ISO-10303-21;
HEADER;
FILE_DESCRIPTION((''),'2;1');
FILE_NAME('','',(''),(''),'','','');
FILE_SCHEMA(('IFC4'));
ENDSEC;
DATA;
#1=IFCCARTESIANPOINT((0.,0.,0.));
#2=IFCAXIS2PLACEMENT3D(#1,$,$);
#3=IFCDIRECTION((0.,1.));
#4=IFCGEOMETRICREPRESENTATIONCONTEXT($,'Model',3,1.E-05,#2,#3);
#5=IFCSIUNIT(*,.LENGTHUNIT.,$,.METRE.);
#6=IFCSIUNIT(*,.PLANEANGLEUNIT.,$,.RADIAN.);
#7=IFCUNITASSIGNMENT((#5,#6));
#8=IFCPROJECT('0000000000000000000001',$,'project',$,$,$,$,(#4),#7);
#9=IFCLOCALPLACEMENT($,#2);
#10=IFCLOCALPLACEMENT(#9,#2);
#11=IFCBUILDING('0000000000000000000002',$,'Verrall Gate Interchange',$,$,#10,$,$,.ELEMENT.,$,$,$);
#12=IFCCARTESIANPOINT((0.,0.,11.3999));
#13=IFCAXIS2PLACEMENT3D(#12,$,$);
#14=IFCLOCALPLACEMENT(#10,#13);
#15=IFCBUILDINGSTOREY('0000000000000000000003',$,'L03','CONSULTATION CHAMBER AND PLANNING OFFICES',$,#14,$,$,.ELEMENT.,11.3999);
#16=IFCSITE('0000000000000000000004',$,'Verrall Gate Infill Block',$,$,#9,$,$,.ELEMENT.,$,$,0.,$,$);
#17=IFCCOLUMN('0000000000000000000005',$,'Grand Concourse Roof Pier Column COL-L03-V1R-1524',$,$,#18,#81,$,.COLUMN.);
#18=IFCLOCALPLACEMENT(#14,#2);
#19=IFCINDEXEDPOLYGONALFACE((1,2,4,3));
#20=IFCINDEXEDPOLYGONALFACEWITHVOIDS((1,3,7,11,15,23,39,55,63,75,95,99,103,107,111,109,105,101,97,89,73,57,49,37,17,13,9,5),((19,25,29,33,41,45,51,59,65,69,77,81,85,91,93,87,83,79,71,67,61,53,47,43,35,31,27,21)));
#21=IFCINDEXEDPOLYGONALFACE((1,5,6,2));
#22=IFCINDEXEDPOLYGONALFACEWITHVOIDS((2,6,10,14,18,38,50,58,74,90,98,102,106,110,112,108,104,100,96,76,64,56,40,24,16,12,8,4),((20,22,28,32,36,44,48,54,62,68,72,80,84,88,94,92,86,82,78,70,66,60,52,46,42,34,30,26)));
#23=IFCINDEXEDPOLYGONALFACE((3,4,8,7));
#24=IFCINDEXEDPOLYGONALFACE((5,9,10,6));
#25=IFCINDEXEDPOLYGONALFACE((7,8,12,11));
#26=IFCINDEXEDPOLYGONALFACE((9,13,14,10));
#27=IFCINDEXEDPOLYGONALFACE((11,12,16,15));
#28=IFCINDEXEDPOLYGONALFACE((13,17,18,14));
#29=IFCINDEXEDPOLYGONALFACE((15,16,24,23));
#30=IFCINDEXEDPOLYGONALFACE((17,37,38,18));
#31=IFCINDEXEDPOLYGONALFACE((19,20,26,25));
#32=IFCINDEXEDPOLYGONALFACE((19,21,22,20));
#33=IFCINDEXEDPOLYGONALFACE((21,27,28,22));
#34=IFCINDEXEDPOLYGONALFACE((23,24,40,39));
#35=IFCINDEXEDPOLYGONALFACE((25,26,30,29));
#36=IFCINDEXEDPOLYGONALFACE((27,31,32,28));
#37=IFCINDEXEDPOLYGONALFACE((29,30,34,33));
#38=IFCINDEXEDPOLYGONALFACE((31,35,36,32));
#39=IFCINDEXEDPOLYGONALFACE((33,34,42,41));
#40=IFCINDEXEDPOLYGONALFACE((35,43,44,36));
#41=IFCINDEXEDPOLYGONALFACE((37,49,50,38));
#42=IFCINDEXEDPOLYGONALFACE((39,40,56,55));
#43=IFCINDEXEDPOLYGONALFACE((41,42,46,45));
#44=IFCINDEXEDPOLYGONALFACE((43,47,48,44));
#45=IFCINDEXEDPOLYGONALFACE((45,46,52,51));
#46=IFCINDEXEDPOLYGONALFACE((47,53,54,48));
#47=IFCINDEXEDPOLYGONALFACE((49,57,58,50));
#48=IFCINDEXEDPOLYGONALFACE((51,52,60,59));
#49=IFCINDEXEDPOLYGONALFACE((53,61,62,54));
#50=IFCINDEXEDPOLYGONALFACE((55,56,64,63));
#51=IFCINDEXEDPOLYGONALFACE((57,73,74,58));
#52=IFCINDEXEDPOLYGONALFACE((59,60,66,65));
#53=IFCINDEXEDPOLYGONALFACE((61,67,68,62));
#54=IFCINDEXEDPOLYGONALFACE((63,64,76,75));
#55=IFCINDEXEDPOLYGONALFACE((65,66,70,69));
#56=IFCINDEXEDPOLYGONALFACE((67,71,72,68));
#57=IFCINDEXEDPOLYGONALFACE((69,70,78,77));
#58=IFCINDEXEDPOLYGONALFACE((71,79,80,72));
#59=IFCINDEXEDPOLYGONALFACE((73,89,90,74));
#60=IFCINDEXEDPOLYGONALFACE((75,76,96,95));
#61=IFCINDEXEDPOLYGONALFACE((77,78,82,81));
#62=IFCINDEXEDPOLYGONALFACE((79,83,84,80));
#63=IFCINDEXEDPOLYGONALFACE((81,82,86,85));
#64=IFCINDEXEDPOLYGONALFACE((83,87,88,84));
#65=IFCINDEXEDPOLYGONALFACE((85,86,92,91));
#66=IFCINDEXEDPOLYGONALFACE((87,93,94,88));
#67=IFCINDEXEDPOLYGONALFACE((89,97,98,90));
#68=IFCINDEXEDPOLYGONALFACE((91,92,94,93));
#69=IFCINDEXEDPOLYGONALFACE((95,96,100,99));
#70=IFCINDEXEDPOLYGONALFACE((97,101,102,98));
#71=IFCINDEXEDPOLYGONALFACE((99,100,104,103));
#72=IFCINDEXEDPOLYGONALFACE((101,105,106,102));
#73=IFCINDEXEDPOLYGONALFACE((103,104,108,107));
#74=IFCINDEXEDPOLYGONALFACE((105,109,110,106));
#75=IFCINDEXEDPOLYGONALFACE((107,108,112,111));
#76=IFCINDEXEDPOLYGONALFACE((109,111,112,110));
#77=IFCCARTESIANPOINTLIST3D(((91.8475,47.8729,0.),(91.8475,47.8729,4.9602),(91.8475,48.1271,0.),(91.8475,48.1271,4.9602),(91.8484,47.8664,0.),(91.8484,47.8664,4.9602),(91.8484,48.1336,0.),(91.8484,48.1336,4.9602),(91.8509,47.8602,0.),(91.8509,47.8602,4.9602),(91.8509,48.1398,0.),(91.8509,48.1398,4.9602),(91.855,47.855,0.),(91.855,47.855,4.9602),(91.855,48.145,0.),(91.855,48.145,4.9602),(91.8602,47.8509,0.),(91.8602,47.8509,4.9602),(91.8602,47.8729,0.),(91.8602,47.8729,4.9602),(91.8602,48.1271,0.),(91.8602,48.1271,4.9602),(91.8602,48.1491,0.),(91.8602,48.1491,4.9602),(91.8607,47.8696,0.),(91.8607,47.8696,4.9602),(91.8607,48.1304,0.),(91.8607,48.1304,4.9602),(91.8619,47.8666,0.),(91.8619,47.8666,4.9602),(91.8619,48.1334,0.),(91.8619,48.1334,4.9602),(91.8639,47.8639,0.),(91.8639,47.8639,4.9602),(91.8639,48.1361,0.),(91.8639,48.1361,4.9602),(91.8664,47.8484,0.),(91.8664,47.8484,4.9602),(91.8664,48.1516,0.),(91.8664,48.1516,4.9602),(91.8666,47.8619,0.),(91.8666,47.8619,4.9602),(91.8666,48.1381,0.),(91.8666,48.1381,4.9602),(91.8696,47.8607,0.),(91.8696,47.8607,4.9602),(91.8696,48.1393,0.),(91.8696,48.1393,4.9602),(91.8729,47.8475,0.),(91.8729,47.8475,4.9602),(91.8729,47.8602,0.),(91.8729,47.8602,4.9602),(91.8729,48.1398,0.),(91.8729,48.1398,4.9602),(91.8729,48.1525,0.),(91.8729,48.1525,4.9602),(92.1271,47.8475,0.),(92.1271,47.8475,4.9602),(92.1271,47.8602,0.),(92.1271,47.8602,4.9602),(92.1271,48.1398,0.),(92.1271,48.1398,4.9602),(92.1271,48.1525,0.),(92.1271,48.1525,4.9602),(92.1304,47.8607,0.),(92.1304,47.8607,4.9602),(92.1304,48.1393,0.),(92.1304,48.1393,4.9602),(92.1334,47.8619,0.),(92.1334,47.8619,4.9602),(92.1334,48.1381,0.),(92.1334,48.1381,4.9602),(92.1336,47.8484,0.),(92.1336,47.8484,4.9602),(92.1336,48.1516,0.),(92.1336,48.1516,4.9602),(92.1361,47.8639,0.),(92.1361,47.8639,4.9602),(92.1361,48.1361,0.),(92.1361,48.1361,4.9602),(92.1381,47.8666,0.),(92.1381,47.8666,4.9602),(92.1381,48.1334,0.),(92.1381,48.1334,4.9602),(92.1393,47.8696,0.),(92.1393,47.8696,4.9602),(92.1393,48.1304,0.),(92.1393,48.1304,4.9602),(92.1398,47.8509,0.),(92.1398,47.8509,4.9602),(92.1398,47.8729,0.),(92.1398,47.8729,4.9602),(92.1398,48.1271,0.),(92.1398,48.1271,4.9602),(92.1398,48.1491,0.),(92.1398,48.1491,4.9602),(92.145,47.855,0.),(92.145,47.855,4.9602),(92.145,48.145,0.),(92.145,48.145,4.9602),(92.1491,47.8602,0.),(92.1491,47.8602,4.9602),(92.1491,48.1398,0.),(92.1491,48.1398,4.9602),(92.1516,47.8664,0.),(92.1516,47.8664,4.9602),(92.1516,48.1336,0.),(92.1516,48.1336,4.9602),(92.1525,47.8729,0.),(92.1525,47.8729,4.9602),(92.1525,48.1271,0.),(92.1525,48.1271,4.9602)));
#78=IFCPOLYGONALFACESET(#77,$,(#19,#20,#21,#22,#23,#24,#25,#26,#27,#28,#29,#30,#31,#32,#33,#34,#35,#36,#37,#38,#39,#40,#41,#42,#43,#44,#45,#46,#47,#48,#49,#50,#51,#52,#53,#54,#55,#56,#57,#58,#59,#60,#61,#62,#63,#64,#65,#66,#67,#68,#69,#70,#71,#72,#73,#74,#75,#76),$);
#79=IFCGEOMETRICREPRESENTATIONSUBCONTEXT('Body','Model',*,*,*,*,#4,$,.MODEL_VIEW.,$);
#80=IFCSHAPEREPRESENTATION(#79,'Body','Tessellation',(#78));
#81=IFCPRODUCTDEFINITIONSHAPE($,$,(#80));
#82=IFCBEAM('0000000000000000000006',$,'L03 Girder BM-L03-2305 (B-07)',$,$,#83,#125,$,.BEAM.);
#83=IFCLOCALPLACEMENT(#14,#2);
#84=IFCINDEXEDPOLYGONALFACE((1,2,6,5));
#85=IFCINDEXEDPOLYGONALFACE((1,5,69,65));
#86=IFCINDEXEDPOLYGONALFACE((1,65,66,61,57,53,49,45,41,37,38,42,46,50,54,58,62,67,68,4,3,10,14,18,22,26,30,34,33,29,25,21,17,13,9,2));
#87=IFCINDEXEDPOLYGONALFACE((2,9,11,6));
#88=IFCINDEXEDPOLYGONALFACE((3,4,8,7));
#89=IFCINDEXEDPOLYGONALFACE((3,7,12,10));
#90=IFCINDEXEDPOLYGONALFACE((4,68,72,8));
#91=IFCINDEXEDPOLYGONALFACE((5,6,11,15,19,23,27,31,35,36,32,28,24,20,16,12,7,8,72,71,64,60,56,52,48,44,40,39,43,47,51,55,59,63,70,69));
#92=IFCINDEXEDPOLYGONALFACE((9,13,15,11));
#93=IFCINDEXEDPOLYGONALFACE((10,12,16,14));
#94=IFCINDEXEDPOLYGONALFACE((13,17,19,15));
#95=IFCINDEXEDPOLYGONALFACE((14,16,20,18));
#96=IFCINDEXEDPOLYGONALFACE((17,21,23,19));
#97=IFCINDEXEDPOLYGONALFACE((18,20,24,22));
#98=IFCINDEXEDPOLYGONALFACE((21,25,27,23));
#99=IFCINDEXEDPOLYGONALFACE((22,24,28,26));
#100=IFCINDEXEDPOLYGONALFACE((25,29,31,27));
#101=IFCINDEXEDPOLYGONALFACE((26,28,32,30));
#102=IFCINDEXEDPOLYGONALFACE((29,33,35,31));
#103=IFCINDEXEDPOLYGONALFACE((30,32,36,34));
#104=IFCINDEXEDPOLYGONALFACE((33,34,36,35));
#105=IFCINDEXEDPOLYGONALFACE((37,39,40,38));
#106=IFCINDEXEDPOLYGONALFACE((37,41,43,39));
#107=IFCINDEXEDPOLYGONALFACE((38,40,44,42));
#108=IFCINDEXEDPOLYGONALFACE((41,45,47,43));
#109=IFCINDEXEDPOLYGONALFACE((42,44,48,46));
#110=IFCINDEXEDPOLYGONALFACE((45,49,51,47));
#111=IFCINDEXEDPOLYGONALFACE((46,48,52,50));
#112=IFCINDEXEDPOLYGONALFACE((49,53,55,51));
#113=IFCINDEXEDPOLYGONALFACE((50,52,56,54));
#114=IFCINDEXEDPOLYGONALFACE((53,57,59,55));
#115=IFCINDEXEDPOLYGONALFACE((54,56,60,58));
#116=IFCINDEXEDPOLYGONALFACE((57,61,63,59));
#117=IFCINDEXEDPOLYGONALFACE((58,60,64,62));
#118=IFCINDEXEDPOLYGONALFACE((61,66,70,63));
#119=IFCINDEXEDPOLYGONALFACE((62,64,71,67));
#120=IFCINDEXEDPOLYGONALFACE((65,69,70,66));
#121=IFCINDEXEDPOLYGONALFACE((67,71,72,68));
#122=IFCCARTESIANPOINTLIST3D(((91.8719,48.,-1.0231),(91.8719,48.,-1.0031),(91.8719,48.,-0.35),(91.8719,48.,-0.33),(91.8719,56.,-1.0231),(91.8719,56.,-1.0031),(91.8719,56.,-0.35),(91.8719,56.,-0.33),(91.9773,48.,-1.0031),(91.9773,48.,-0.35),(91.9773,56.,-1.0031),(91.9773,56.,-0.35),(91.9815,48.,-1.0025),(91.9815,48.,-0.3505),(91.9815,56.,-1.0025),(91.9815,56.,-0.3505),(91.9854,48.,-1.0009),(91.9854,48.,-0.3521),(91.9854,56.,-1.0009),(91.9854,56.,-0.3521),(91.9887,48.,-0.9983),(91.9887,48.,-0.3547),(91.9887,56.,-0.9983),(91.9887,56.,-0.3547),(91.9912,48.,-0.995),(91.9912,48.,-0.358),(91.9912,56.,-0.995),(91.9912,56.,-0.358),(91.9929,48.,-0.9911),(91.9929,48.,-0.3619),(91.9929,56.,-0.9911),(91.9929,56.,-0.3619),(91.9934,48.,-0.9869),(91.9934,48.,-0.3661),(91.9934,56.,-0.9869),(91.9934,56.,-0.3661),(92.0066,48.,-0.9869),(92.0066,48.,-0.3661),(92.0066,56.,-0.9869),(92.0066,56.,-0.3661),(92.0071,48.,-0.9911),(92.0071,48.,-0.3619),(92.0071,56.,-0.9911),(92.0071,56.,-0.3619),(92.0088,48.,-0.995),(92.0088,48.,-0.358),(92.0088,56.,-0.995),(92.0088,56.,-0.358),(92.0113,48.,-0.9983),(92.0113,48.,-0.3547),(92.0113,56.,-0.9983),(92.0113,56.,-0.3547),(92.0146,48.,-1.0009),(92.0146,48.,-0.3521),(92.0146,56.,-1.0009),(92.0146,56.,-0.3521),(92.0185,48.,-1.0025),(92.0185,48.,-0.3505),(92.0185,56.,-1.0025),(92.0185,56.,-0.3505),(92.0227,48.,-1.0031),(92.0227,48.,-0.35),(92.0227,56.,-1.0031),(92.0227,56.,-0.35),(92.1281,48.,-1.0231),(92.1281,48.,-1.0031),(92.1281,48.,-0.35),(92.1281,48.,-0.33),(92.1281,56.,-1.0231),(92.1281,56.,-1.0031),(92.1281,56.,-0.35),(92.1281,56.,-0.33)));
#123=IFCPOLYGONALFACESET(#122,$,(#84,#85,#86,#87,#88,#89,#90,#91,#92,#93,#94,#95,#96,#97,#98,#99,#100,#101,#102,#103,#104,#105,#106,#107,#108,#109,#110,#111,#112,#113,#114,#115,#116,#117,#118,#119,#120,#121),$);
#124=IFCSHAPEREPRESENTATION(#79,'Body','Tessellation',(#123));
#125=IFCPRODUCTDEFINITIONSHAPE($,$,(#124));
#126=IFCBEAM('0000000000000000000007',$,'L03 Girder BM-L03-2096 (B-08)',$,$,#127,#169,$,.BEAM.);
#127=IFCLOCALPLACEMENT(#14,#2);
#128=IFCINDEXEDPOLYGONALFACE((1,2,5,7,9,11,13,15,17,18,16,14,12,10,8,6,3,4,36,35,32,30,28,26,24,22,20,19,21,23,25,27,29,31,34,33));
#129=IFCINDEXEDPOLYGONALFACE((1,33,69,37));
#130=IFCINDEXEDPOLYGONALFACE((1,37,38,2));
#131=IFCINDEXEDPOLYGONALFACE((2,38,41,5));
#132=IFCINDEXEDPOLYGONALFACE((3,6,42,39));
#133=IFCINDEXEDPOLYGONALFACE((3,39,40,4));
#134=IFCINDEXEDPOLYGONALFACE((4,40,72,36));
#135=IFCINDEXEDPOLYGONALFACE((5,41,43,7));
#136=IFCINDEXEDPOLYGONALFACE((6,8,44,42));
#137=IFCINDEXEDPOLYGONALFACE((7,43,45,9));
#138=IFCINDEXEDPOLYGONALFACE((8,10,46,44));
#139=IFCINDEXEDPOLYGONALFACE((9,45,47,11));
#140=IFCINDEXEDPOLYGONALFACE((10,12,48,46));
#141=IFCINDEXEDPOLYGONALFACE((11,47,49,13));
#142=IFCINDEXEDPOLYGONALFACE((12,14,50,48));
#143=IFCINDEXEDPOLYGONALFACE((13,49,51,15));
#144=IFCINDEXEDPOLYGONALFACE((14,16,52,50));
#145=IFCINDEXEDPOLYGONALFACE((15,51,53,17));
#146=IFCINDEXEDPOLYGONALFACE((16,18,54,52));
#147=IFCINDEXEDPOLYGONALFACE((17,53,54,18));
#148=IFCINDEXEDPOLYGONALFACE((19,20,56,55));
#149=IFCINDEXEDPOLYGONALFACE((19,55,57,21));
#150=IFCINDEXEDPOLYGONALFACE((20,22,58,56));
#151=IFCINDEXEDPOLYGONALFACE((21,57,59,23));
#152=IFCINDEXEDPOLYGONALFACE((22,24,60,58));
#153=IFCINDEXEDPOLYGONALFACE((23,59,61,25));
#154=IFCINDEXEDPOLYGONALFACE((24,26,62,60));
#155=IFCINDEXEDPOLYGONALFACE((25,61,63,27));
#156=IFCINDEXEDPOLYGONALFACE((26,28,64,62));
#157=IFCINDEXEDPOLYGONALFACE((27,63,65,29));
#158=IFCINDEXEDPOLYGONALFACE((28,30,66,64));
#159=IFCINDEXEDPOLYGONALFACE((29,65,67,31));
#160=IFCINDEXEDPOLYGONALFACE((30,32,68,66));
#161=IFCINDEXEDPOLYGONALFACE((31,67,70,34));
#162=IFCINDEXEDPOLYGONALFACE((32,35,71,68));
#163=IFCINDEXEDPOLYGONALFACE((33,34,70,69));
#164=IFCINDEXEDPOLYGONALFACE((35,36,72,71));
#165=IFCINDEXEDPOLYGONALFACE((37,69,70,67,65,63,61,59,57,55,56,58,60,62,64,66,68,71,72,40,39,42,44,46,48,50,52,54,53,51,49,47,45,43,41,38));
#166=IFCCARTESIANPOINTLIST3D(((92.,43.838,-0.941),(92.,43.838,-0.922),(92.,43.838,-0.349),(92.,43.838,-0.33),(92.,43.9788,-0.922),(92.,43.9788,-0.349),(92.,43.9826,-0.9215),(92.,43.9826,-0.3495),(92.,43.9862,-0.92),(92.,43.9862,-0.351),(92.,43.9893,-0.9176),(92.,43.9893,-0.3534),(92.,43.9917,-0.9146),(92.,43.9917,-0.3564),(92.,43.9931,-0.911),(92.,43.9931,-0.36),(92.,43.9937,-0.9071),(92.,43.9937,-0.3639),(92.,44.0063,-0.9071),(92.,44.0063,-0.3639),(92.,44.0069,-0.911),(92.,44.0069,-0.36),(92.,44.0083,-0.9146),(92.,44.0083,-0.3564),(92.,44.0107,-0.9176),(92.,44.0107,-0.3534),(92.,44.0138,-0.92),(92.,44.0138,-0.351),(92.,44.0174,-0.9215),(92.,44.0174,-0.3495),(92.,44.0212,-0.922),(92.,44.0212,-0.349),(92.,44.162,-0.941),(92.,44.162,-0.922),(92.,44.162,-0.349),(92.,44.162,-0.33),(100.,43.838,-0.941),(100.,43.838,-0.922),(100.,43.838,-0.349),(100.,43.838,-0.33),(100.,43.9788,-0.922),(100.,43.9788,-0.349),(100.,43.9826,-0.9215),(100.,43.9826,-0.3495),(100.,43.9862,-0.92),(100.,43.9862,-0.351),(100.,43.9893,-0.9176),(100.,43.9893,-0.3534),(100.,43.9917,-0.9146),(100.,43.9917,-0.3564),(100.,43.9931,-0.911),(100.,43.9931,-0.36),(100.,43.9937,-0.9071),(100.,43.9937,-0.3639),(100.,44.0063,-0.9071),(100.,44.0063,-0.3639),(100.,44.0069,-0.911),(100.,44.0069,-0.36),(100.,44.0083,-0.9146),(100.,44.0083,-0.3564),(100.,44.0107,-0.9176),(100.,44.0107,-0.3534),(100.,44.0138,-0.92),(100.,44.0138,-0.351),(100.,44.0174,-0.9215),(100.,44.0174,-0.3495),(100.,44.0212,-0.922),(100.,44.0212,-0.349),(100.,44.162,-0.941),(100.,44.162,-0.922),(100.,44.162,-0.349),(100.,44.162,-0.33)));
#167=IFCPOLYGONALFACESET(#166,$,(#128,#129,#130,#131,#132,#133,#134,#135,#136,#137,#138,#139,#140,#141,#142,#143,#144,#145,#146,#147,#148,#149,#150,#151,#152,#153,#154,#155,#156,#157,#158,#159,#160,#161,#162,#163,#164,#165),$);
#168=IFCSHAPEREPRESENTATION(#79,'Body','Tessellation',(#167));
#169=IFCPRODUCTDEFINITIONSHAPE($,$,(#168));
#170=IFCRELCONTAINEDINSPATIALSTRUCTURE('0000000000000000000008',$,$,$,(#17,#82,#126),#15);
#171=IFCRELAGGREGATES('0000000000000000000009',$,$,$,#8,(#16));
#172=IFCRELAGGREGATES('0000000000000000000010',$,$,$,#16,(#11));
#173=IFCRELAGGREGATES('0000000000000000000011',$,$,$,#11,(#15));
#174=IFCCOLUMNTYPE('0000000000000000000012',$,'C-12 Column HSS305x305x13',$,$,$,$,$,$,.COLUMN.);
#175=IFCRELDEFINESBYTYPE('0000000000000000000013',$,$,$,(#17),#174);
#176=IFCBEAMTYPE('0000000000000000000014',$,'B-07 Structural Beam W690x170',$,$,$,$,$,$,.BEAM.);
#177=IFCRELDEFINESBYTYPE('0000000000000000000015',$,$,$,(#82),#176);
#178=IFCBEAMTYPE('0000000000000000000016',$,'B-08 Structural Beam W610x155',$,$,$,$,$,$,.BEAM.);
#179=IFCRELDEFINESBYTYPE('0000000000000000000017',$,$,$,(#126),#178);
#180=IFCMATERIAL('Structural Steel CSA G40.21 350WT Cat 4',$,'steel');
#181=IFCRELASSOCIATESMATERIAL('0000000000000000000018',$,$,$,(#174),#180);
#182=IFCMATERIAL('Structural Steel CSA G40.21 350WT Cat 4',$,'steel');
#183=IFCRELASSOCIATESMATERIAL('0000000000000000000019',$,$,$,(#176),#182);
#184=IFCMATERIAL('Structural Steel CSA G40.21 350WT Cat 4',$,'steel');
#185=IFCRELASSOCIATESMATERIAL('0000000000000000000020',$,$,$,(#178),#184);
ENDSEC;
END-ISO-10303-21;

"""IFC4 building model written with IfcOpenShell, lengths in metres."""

from ifc_helpers import new_model, si_unit, direction, frame, origin, origin_2d, place, context, subcontext, project, spatial, hollow_rectangle, i_section, extrude, material, material_profile, profile_set, type_object, element, save


model = new_model("IFC4")

# Units and contexts
model_context = context("Model", 3, precision=1e-05, world=origin(), true_north=direction((0.0, 1.0)))
body_context = subcontext(model_context, "Body", "Model", "MODEL_VIEW")
ifc_project = project(units=[si_unit("LENGTHUNIT", "METRE"), si_unit("PLANEANGLEUNIT", "RADIAN")], contexts=[model_context])

# Site, building, storey
site_placement = place(None, origin())
site = spatial("IfcSite", under=ifc_project, at=site_placement, Name="Verrall Gate Infill Block", CompositionType="ELEMENT", RefElevation=0.0)
building_placement = place(site_placement, origin())
building = spatial("IfcBuilding", under=site, at=building_placement, Name="Verrall Gate Interchange", CompositionType="ELEMENT")
storey_placement = place(building_placement, frame((0.0, 0.0, 11.3999)))
storey = spatial("IfcBuildingStorey", under=building, at=storey_placement, Name="L03", Description="CONSULTATION CHAMBER AND PLANNING OFFICES", CompositionType="ELEMENT", Elevation=11.3999)

# Column
ifc_material_1 = material(Name="Structural Steel CSA G40.21 350WT Cat 4", Category="steel")
ifc_material_profile_1 = material_profile(ifc_material_1, hollow_rectangle(XDim=0.3049, YDim=0.3049, WallThickness=0.0127, InnerFilletRadius=0.0127, OuterFilletRadius=0.0254, at=origin_2d()), Name="HSS305x305x13")
ifc_profile_set_1 = profile_set([ifc_material_profile_1], Name="Structural Steel CSA G40.21 350WT Cat 4")
column_type = type_object("IfcColumnType", Name="C-12 Column HSS305x305x13", PredefinedType="COLUMN", material=ifc_profile_set_1)
column_placement = place(storey_placement, frame((92.0, 48.0, 0.0), z_axis=(0.0, 0.0, 1.0), x_axis=(1.0, 0.0, 0.0)))
element("IfcColumn", 1, at=column_placement, inside=storey, type_object=column_type, Name="Grand Concourse Roof Pier Column COL-L03-V1R-1524", PredefinedType="COLUMN", context=body_context, shape_type="SweptSolid", body=[
    extrude(hollow_rectangle(XDim=0.3049, YDim=0.3049, WallThickness=0.0127, InnerFilletRadius=0.0127, OuterFilletRadius=0.0254, at=origin_2d()), origin(), (0.0, 0.0, 1.0), 4.9602),
])

# Beams
ifc_material_2 = material(Name="Structural Steel CSA G40.21 350WT Cat 4", Category="steel")
ifc_material_profile_2 = material_profile(ifc_material_2, i_section(OverallWidth=0.2561, OverallDepth=0.6931, WebThickness=0.0132, FlangeThickness=0.02, FilletRadius=0.0161, at=origin_2d()), Name="W690x170")
ifc_profile_set_2 = profile_set([ifc_material_profile_2], Name="Structural Steel CSA G40.21 350WT Cat 4")
beam_type_1 = type_object("IfcBeamType", Name="B-07 Structural Beam W690x170", PredefinedType="BEAM", material=ifc_profile_set_2)
beam_1_placement = place(storey_placement, frame((92.0, 48.0, -0.6765), z_axis=(0.0, 1.0, 0.0), x_axis=(-1.0, 0.0, 0.0)))
element("IfcBeam", 2, at=beam_1_placement, inside=storey, type_object=beam_type_1, Name="L03 Girder BM-L03-2305 (B-07)", PredefinedType="BEAM", context=body_context, shape_type="SweptSolid", body=[
    extrude(i_section(OverallWidth=0.2561, OverallDepth=0.6931, WebThickness=0.0132, FlangeThickness=0.02, FilletRadius=0.0161, at=origin_2d()), origin(), (0.0, 0.0, 1.0), 8.0),
])
ifc_material_3 = material(Name="Structural Steel CSA G40.21 350WT Cat 4", Category="steel")
ifc_material_profile_3 = material_profile(ifc_material_3, i_section(OverallWidth=0.324, OverallDepth=0.6111, WebThickness=0.0127, FlangeThickness=0.019, FilletRadius=0.0149, at=origin_2d()), Name="W610x155")
ifc_profile_set_3 = profile_set([ifc_material_profile_3], Name="Structural Steel CSA G40.21 350WT Cat 4")
beam_type_2 = type_object("IfcBeamType", Name="B-08 Structural Beam W610x155", PredefinedType="BEAM", material=ifc_profile_set_3)
for number, where, z_axis, x_axis, name in (
    (3, (92.0, 44.0, -0.6355), (1.0, 0.0, 0.0), (0.0, 1.0, 0.0), "L03 Girder BM-L03-2096 (B-08)"),
):
    element("IfcBeam", number, at=place(storey_placement, frame(where, z_axis=z_axis, x_axis=x_axis)), inside=storey, type_object=beam_type_2, Name=name, PredefinedType="BEAM", context=body_context, shape_type="SweptSolid", body=[
        extrude(i_section(OverallWidth=0.324, OverallDepth=0.6111, WebThickness=0.0127, FlangeThickness=0.019, FilletRadius=0.0149, at=origin_2d()), origin(), (0.0, 0.0, 1.0), 8.0),
    ])

save(model, "model.ifc")
